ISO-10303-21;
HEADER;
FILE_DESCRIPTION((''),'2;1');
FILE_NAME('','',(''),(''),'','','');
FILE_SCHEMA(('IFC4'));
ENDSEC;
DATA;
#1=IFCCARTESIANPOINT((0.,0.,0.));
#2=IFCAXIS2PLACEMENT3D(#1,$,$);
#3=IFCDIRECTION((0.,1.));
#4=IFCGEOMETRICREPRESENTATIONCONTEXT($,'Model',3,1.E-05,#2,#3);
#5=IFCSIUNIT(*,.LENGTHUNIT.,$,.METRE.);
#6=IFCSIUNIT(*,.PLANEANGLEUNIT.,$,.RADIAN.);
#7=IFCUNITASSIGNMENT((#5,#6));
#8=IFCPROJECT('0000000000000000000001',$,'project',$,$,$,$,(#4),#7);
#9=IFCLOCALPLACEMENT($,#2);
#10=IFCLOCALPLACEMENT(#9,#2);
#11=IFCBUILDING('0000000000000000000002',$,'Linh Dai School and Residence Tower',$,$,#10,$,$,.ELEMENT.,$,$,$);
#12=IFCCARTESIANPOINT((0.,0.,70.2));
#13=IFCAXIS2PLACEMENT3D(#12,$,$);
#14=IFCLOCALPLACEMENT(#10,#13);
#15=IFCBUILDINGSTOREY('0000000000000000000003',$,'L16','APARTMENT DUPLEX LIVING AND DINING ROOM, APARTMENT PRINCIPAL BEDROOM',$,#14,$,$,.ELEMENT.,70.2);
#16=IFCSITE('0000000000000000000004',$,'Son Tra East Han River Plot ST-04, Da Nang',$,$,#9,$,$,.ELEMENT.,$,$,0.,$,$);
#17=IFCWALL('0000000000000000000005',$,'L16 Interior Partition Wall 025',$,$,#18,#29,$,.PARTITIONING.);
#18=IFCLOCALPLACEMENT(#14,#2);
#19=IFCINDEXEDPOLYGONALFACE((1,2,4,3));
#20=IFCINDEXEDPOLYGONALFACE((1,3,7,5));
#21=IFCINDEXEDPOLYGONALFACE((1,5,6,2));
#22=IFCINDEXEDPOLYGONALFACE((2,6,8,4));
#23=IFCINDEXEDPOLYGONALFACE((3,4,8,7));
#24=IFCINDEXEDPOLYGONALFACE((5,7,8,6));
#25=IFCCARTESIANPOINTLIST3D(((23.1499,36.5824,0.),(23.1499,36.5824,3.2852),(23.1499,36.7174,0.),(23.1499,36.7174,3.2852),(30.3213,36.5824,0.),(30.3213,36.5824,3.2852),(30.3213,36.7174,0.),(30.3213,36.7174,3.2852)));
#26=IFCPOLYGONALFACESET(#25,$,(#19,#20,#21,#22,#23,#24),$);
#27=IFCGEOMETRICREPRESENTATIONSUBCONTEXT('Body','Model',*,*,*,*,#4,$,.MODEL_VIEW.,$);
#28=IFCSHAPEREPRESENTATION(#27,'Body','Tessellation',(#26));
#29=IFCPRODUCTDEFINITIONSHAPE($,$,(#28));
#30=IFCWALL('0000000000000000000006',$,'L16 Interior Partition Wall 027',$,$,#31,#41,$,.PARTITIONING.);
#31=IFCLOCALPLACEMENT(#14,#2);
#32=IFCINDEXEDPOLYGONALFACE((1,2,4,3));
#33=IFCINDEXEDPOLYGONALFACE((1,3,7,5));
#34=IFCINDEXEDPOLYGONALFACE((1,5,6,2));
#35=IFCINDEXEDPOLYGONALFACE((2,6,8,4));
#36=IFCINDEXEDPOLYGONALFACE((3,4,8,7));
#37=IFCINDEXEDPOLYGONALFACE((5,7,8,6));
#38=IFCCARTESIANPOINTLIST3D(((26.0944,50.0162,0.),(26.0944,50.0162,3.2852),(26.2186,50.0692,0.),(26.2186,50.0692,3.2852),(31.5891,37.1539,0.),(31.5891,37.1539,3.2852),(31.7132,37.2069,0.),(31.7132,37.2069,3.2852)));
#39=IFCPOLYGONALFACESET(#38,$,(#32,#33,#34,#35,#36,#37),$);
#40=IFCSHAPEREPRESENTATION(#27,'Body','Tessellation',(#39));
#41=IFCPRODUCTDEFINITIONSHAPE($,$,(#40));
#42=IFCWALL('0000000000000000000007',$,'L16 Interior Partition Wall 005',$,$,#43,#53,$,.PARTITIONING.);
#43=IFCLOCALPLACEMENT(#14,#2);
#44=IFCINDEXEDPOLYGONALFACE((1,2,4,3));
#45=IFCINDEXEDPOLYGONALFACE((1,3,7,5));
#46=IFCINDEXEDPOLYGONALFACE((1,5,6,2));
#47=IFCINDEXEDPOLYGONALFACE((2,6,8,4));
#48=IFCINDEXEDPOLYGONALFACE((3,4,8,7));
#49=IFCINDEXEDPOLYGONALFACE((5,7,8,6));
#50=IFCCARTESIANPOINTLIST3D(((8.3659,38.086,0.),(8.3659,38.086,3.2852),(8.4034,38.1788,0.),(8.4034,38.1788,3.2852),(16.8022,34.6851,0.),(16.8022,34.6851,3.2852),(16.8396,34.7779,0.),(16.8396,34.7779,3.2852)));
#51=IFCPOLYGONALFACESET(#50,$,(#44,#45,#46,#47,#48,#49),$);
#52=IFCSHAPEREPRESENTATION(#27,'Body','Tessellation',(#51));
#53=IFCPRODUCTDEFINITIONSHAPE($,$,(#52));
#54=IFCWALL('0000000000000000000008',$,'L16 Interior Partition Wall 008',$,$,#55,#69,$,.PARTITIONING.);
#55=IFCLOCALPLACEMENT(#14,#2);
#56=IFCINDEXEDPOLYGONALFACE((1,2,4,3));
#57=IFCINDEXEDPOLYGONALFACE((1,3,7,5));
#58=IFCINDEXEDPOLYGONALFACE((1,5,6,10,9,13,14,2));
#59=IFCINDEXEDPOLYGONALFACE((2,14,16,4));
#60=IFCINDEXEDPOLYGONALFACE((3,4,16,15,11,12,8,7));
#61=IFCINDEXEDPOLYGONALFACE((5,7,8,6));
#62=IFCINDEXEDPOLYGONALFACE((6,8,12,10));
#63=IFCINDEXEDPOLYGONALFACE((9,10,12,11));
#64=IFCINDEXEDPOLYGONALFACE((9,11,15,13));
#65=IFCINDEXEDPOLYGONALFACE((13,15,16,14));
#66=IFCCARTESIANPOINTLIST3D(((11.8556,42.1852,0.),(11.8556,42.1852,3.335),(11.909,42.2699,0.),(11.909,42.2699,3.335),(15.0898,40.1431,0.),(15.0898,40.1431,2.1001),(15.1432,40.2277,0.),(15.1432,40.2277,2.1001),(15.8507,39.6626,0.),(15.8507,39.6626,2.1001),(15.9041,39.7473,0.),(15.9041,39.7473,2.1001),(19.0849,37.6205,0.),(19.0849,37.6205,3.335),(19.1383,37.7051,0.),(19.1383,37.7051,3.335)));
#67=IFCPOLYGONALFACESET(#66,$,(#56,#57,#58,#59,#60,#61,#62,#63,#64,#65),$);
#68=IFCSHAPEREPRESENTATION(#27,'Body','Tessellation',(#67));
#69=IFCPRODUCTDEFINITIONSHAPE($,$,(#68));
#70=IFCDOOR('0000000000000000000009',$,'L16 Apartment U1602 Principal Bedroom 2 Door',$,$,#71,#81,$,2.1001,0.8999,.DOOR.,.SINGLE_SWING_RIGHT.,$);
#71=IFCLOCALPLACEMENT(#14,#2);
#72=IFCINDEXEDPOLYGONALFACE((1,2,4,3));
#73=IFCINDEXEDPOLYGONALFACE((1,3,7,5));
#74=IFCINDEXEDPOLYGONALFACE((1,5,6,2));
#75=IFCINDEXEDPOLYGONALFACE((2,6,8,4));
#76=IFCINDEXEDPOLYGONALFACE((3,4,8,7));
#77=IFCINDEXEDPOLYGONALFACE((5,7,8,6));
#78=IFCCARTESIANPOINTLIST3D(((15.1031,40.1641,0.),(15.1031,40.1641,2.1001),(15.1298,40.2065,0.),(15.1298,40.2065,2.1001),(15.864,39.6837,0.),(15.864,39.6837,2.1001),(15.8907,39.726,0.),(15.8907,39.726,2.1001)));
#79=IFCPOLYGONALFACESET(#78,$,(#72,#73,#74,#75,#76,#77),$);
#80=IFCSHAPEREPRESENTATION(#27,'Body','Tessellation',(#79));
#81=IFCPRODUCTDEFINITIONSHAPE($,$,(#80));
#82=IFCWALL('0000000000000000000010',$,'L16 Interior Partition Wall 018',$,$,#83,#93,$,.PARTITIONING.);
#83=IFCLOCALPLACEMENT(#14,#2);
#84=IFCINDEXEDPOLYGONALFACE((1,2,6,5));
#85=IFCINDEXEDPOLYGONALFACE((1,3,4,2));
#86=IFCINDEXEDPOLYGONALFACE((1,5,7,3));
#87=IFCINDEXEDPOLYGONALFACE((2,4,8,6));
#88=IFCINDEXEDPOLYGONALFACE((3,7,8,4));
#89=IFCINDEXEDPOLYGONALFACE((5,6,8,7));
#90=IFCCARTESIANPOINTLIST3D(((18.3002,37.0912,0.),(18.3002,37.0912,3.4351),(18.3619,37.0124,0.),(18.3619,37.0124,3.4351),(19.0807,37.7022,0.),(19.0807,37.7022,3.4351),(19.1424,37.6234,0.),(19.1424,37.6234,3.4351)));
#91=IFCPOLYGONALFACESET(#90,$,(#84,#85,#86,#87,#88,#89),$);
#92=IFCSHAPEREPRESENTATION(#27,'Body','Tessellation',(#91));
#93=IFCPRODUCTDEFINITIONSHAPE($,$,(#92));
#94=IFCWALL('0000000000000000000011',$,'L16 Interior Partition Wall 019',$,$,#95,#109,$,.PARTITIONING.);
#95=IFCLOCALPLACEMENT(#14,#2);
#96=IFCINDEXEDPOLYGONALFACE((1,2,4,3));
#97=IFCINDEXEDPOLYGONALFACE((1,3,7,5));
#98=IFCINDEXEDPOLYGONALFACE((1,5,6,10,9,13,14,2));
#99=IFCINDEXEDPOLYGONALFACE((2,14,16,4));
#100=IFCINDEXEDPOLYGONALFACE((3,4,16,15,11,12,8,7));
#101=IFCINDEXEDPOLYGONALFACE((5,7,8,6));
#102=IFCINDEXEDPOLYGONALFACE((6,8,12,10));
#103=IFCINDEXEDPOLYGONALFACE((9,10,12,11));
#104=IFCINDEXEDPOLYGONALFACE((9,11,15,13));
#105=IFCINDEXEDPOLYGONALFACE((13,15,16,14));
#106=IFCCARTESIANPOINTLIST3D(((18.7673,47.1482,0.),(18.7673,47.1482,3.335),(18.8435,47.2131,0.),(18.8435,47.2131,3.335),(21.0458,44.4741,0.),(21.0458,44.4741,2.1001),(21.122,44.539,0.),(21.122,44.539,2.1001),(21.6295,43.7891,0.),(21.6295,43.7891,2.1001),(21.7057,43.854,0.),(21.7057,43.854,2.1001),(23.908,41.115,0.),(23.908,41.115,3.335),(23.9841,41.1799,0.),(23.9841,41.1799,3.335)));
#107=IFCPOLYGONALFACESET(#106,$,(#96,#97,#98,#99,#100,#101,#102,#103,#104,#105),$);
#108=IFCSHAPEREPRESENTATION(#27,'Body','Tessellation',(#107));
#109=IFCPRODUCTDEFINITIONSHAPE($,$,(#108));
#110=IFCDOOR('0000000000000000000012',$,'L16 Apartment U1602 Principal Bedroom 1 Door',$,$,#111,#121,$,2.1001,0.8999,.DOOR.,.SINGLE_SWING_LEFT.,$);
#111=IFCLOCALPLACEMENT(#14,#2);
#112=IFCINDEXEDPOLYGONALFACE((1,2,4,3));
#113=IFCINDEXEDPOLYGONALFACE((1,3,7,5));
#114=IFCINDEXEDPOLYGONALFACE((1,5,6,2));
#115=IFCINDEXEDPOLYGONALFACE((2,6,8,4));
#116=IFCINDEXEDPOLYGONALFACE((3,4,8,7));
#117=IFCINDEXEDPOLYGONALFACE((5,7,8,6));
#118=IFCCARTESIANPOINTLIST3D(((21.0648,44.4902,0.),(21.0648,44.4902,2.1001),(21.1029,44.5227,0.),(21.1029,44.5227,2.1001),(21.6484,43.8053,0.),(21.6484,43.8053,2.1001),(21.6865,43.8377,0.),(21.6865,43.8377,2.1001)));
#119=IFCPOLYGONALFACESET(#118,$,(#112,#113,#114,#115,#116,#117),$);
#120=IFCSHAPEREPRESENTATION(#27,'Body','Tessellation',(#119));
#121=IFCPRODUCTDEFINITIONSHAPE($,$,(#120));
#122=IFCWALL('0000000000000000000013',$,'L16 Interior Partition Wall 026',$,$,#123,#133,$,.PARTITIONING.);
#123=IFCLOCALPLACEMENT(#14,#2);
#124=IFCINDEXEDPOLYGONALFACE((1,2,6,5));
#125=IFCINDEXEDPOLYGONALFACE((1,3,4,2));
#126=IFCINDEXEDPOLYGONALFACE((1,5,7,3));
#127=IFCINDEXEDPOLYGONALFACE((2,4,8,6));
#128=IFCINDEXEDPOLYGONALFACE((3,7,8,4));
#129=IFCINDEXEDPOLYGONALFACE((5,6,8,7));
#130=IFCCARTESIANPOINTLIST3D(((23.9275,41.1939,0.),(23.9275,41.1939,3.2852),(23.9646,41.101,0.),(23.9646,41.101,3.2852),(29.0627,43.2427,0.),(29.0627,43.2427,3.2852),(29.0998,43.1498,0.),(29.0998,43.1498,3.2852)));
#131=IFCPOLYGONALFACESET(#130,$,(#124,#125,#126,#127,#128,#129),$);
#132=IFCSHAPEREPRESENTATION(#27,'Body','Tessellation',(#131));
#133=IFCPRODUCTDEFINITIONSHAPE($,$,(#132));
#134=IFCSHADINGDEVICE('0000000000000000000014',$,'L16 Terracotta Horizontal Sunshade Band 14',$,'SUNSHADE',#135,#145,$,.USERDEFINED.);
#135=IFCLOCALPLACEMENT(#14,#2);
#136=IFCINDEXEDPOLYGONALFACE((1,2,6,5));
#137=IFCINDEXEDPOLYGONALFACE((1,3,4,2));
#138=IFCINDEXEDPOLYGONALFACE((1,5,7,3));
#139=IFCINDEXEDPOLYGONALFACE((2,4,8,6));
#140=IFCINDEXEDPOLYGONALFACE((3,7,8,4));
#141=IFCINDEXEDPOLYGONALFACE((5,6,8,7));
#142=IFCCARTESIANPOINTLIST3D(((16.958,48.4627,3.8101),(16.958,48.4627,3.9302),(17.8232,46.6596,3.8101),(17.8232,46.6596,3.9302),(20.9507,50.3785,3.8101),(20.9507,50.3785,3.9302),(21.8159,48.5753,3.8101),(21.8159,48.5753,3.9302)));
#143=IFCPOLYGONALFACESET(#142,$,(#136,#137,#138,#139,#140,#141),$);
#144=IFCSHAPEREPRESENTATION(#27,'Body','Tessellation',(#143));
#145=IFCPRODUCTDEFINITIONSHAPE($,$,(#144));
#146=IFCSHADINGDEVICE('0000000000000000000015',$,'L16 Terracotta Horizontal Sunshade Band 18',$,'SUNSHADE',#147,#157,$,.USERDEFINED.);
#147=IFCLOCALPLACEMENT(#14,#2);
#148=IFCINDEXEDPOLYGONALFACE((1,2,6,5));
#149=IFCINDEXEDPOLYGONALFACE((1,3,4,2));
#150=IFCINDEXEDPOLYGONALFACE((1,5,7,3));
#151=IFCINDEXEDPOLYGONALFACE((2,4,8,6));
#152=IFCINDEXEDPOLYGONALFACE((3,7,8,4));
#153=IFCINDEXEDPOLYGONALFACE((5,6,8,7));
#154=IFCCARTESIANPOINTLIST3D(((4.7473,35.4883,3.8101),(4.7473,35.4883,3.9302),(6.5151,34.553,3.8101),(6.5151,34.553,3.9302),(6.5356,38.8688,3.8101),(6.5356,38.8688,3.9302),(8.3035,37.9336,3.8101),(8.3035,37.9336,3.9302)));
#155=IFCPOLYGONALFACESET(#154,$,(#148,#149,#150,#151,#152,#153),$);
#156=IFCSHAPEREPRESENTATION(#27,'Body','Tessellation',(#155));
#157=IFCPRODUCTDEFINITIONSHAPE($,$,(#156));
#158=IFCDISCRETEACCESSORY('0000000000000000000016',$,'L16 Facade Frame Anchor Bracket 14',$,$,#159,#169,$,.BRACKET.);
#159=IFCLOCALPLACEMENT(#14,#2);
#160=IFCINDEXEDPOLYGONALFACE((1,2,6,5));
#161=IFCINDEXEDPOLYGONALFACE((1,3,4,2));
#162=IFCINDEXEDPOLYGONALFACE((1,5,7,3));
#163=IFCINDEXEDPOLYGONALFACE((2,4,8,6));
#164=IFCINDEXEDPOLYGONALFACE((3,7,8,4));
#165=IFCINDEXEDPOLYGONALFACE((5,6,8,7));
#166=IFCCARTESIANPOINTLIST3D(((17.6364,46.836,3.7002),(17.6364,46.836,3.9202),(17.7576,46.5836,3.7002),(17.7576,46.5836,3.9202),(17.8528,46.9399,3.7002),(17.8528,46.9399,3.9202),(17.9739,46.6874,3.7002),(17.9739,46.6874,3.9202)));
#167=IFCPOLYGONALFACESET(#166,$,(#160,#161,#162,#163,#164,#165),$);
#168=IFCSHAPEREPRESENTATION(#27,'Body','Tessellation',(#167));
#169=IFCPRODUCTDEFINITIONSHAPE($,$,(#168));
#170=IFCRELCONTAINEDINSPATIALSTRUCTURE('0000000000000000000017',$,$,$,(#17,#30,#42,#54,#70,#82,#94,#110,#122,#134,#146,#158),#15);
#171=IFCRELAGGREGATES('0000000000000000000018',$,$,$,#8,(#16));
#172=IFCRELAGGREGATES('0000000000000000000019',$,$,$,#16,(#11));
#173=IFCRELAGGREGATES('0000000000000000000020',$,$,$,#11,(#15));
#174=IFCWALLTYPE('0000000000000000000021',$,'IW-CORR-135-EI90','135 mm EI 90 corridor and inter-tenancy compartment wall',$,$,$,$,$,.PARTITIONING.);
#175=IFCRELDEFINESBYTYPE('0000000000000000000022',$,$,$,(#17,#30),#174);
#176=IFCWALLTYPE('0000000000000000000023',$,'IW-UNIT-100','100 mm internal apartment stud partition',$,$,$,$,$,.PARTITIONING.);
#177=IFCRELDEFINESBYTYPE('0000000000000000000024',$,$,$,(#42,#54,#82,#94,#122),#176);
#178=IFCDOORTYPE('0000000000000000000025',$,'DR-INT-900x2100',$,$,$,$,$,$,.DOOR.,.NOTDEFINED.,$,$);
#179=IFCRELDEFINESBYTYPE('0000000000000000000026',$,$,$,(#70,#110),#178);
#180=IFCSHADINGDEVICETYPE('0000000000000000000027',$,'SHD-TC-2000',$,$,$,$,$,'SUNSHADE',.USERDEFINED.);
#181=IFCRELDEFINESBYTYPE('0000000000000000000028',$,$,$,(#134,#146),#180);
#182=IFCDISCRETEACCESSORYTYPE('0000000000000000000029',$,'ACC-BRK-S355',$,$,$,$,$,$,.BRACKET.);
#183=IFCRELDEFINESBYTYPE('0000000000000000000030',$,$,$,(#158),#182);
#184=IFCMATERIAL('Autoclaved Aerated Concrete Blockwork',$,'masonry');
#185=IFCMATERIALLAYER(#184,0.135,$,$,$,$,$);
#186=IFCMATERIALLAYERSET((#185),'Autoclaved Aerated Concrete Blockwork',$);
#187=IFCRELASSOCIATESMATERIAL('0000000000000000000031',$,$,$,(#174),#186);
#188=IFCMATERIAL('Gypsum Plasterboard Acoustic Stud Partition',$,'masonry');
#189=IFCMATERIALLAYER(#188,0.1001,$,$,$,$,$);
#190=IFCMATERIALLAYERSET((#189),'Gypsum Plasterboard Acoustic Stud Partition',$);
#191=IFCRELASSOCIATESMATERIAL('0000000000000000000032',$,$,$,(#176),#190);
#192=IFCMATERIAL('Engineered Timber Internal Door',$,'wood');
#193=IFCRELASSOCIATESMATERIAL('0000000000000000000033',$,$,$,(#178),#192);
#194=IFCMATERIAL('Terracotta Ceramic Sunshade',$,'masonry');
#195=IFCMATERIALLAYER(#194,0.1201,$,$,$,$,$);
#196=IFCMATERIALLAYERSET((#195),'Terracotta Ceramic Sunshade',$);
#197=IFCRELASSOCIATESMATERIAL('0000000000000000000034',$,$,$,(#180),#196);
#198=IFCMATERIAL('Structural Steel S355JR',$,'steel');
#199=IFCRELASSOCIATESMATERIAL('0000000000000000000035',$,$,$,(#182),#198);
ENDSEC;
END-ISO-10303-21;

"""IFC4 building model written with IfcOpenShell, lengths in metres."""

from ifc_helpers import new_model, si_unit, direction, frame, frame_2d, origin, origin_2d, place, context, subcontext, project, spatial, rectangle, extrude, source, transform, mapped, material, layer, layer_set, type_object, element, fill, save


model = new_model("IFC4")

# Units and contexts
model_context = context("Model", 3, precision=1e-05, world=origin(), true_north=direction((0.0, 1.0)))
body_context = subcontext(model_context, "Body", "Model", "MODEL_VIEW")
ifc_project = project(units=[si_unit("LENGTHUNIT", "METRE"), si_unit("PLANEANGLEUNIT", "RADIAN")], contexts=[model_context])

# Site, building, storey
site_placement = place(None, origin())
site = spatial("IfcSite", under=ifc_project, at=site_placement, Name="Son Tra East Han River Plot ST-04, Da Nang", CompositionType="ELEMENT", RefElevation=0.0)
building_placement = place(site_placement, origin())
building = spatial("IfcBuilding", under=site, at=building_placement, Name="Linh Dai School and Residence Tower", CompositionType="ELEMENT")
storey_placement = place(building_placement, frame((0.0, 0.0, 70.2)))
storey = spatial("IfcBuildingStorey", under=building, at=storey_placement, Name="L16", Description="APARTMENT DUPLEX LIVING AND DINING ROOM, APARTMENT PRINCIPAL BEDROOM", CompositionType="ELEMENT", Elevation=70.2)

# Shared definitions
ifc_material_1 = material(Name="Structural Steel S355JR", Category="steel")

# Walls
ifc_material_2 = material(Name="Autoclaved Aerated Concrete Blockwork", Category="masonry")
ifc_layer_1 = layer(ifc_material_2, 0.135)
ifc_layer_set_1 = layer_set([ifc_layer_1], Name="Autoclaved Aerated Concrete Blockwork")
wall_type_1 = type_object("IfcWallType", Name="IW-CORR-135-EI90", Description="135 mm EI 90 corridor and inter-tenancy compartment wall", PredefinedType="PARTITIONING", material=ifc_layer_set_1)
wall_1_placement = place(storey_placement, frame((23.1499, 36.6499, 0.0), z_axis=(0.0, 0.0, 1.0), x_axis=(1.0, 0.0, 0.0)))
element("IfcWall", 1, at=wall_1_placement, inside=storey, type_object=wall_type_1, Name="L16 Interior Partition Wall 025", PredefinedType="PARTITIONING", context=body_context, shape_type="SweptSolid", body=[
    extrude(rectangle(XDim=7.1714, YDim=0.135, at=frame_2d((3.5857, 0.0))), origin(), (0.0, 0.0, 1.0), 3.2852),
])
wall_2_placement = place(storey_placement, frame((26.1565, 50.0427, 0.0), z_axis=(0.0, 0.0, 1.0), x_axis=(0.392845, -0.919605, 0.0)))
element("IfcWall", 2, at=wall_2_placement, inside=storey, type_object=wall_type_1, Name="L16 Interior Partition Wall 027", PredefinedType="PARTITIONING", context=body_context, shape_type="SweptSolid", body=[
    extrude(rectangle(XDim=13.9868, YDim=0.135, at=frame_2d((6.9934, 0.0))), origin(), (0.0, 0.0, 1.0), 3.2852),
])
ifc_material_3 = material(Name="Gypsum Plasterboard Acoustic Stud Partition", Category="masonry")
ifc_layer_2 = layer(ifc_material_3, 0.1001)
ifc_layer_set_2 = layer_set([ifc_layer_2], Name="Gypsum Plasterboard Acoustic Stud Partition")
wall_type_2 = type_object("IfcWallType", Name="IW-UNIT-100", Description="100 mm internal apartment stud partition", PredefinedType="PARTITIONING", material=ifc_layer_set_2)
wall_3_placement = place(storey_placement, frame((8.3848, 38.1323, 0.0), z_axis=(0.0, 0.0, 1.0), x_axis=(0.927474, -0.373888, 0.0)))
element("IfcWall", 3, at=wall_3_placement, inside=storey, type_object=wall_type_2, Name="L16 Interior Partition Wall 005", PredefinedType="PARTITIONING", context=body_context, shape_type="SweptSolid", body=[
    extrude(rectangle(XDim=9.0959, YDim=0.1001, at=frame_2d((4.5479, 0.0))), origin(), (0.0, 0.0, 1.0), 3.2852),
])

# Wall, opening, door
wall_4_placement = place(storey_placement, frame((11.8823, 42.2275, 0.0), z_axis=(0.0, 0.0, 1.0), x_axis=(0.845549, -0.533897, 0.0)))
wall_4 = element("IfcWall", 4, at=wall_4_placement, inside=storey, type_object=wall_type_2, Name="L16 Interior Partition Wall 008", PredefinedType="PARTITIONING", context=body_context, shape_type="SweptSolid", body=[
    extrude(rectangle(XDim=8.5498, YDim=0.1001, at=frame_2d((4.2749, 0.0))), origin(), (0.0, 0.0, 1.0), 3.335),
])
opening_1_placement = place(wall_4_placement, frame((3.825, 0.0, 0.0)))
opening_1 = element("IfcOpeningElement", 5, at=opening_1_placement, cuts=wall_4, PredefinedType="OPENING", context=body_context, shape_type="SweptSolid", body=[
    extrude(rectangle(XDim=0.8999, YDim=2.1001, at=origin_2d()), frame((0.45, 0.0601, 1.05), z_axis=(0.0, -1.0, 0.0), x_axis=(1.0, 0.0, 0.0)), (0.0, 0.0, 1.0), 0.1201),
])
ifc_material_4 = material(Name="Engineered Timber Internal Door", Category="wood")
door_type = type_object("IfcDoorType", Name="DR-INT-900x2100", OperationType="NOTDEFINED", PredefinedType="DOOR", material=ifc_material_4)
shared_shape_1 = source(origin(), body_context, "Body", "SweptSolid", [
    extrude(rectangle(XDim=0.8999, YDim=2.1001, at=origin_2d()), frame((0.45, 0.0249, 1.05), z_axis=(0.0, -1.0, 0.0), x_axis=(1.0, 0.0, 0.0)), (0.0, 0.0, 1.0), 0.05),
])
door_1_placement = place(opening_1_placement, origin())
door_1 = element("IfcDoor", 6, at=door_1_placement, inside=storey, type_object=door_type, Name="L16 Apartment U1602 Principal Bedroom 2 Door", OperationType="SINGLE_SWING_RIGHT", OverallHeight=2.1001, OverallWidth=0.8999, PredefinedType="DOOR", context=body_context, shape_type="MappedRepresentation", body=[
    mapped(shared_shape_1, transform((0.0, 0.0, 0.0), x_axis=(1.0, 0.0, 0.0), y_axis=(0.0, 1.0, 0.0), z_axis=(0.0, 0.0, 1.0), scale=1.0)),
])
fill(opening_1, door_1)

# Wall
wall_5_placement = place(storey_placement, frame((18.3311, 37.0518, 0.0), z_axis=(0.0, 0.0, 1.0), x_axis=(0.787385, 0.616461, 0.0)))
element("IfcWall", 7, at=wall_5_placement, inside=storey, type_object=wall_type_2, Name="L16 Interior Partition Wall 018", PredefinedType="PARTITIONING", context=body_context, shape_type="SweptSolid", body=[
    extrude(rectangle(XDim=0.9912, YDim=0.1001, at=frame_2d((0.4956, 0.0))), origin(), (0.0, 0.0, 1.0), 3.4351),
])

# Wall, opening, door
wall_6_placement = place(storey_placement, frame((18.8054, 47.1807, 0.0), z_axis=(0.0, 0.0, 1.0), x_axis=(0.648556, -0.761167, 0.0)))
wall_6 = element("IfcWall", 8, at=wall_6_placement, inside=storey, type_object=wall_type_2, Name="L16 Interior Partition Wall 019", PredefinedType="PARTITIONING", context=body_context, shape_type="SweptSolid", body=[
    extrude(rectangle(XDim=7.9263, YDim=0.1001, at=frame_2d((3.9631, 0.0))), origin(), (0.0, 0.0, 1.0), 3.335),
])
opening_2_placement = place(wall_6_placement, frame((3.5132, 0.0, 0.0)))
opening_2 = element("IfcOpeningElement", 9, at=opening_2_placement, cuts=wall_6, PredefinedType="OPENING", context=body_context, shape_type="SweptSolid", body=[
    extrude(rectangle(XDim=0.8999, YDim=2.1001, at=origin_2d()), frame((0.45, 0.0601, 1.05), z_axis=(0.0, -1.0, 0.0), x_axis=(1.0, 0.0, 0.0)), (0.0, 0.0, 1.0), 0.1201),
])
door_2_placement = place(opening_2_placement, origin())
door_2 = element("IfcDoor", 10, at=door_2_placement, inside=storey, type_object=door_type, Name="L16 Apartment U1602 Principal Bedroom 1 Door", OperationType="SINGLE_SWING_LEFT", OverallHeight=2.1001, OverallWidth=0.8999, PredefinedType="DOOR", context=body_context, shape_type="MappedRepresentation", body=[
    mapped(shared_shape_1, transform((0.0, 0.0, 0.0), x_axis=(1.0, 0.0, 0.0), y_axis=(0.0, 1.0, 0.0), z_axis=(0.0, 0.0, 1.0), scale=1.0)),
])
fill(opening_2, door_2)

# Wall
wall_7_placement = place(storey_placement, frame((23.946, 41.1475, 0.0), z_axis=(0.0, 0.0, 1.0), x_axis=(0.928805, 0.370568, 0.0)))
element("IfcWall", 11, at=wall_7_placement, inside=storey, type_object=wall_type_2, Name="L16 Interior Partition Wall 026", PredefinedType="PARTITIONING", context=body_context, shape_type="SweptSolid", body=[
    extrude(rectangle(XDim=5.5288, YDim=0.1001, at=frame_2d((2.7644, 0.0))), origin(), (0.0, 0.0, 1.0), 3.2852),
])

# Shading devices
ifc_material_5 = material(Name="Terracotta Ceramic Sunshade", Category="masonry")
ifc_layer_3 = layer(ifc_material_5, 0.1201)
ifc_layer_set_3 = layer_set([ifc_layer_3], Name="Terracotta Ceramic Sunshade")
shading_device_type = type_object("IfcShadingDeviceType", Name="SHD-TC-2000", ElementType="SUNSHADE", PredefinedType="USERDEFINED", material=ifc_layer_set_3)
shared_shape_2 = source(origin(), body_context, "Body", "SweptSolid", [
    extrude(rectangle(XDim=4.4285, YDim=2.0, at=origin_2d()), origin(), (0.0, 0.0, 1.0), 0.1201),
])
shading_device_1_placement = place(storey_placement, frame((19.387, 48.519, 3.8101), z_axis=(0.0, 0.0, 1.0), x_axis=(0.901585, 0.432603, 0.0)))
element("IfcShadingDevice", 12, at=shading_device_1_placement, inside=storey, type_object=shading_device_type, Name="L16 Terracotta Horizontal Sunshade Band 14", ObjectType="SUNSHADE", PredefinedType="USERDEFINED", context=body_context, shape_type="MappedRepresentation", body=[
    mapped(shared_shape_2, transform((0.0, 0.0, 0.0), x_axis=(1.0, 0.0, 0.0), y_axis=(0.0, 1.0, 0.0), z_axis=(0.0, 0.0, 1.0), scale=1.0)),
])
shared_shape_3 = source(origin(), body_context, "Body", "SweptSolid", [
    extrude(rectangle(XDim=3.8245, YDim=2.0, at=origin_2d()), origin(), (0.0, 0.0, 1.0), 0.1201),
])
shading_device_2_placement = place(storey_placement, frame((6.5254, 36.7109, 3.8101), z_axis=(0.0, 0.0, 1.0), x_axis=(0.467612, 0.883934, 0.0)))
element("IfcShadingDevice", 13, at=shading_device_2_placement, inside=storey, type_object=shading_device_type, Name="L16 Terracotta Horizontal Sunshade Band 18", ObjectType="SUNSHADE", PredefinedType="USERDEFINED", context=body_context, shape_type="MappedRepresentation", body=[
    mapped(shared_shape_3, transform((0.0, 0.0, 0.0), x_axis=(1.0, 0.0, 0.0), y_axis=(0.0, 1.0, 0.0), z_axis=(0.0, 0.0, 1.0), scale=1.0)),
])

# Discrete accessory
discrete_accessory_type = type_object("IfcDiscreteAccessoryType", Name="ACC-BRK-S355", PredefinedType="BRACKET", material=ifc_material_1)
shared_shape_4 = source(origin(), body_context, "Body", "SweptSolid", [
    extrude(rectangle(XDim=0.28, YDim=0.24, at=origin_2d()), origin(), (0.0, 0.0, 1.0), 0.22),
])
discrete_accessory_placement = place(storey_placement, frame((17.8052, 46.7617, 3.7002), z_axis=(0.0, 0.0, 1.0), x_axis=(-0.432603, 0.901585, 0.0)))
element("IfcDiscreteAccessory", 14, at=discrete_accessory_placement, inside=storey, type_object=discrete_accessory_type, Name="L16 Facade Frame Anchor Bracket 14", PredefinedType="BRACKET", context=body_context, shape_type="MappedRepresentation", body=[
    mapped(shared_shape_4, transform((0.0, 0.0, 0.0), x_axis=(1.0, 0.0, 0.0), y_axis=(0.0, 1.0, 0.0), z_axis=(0.0, 0.0, 1.0), scale=1.0)),
])

save(model, "model.ifc")
